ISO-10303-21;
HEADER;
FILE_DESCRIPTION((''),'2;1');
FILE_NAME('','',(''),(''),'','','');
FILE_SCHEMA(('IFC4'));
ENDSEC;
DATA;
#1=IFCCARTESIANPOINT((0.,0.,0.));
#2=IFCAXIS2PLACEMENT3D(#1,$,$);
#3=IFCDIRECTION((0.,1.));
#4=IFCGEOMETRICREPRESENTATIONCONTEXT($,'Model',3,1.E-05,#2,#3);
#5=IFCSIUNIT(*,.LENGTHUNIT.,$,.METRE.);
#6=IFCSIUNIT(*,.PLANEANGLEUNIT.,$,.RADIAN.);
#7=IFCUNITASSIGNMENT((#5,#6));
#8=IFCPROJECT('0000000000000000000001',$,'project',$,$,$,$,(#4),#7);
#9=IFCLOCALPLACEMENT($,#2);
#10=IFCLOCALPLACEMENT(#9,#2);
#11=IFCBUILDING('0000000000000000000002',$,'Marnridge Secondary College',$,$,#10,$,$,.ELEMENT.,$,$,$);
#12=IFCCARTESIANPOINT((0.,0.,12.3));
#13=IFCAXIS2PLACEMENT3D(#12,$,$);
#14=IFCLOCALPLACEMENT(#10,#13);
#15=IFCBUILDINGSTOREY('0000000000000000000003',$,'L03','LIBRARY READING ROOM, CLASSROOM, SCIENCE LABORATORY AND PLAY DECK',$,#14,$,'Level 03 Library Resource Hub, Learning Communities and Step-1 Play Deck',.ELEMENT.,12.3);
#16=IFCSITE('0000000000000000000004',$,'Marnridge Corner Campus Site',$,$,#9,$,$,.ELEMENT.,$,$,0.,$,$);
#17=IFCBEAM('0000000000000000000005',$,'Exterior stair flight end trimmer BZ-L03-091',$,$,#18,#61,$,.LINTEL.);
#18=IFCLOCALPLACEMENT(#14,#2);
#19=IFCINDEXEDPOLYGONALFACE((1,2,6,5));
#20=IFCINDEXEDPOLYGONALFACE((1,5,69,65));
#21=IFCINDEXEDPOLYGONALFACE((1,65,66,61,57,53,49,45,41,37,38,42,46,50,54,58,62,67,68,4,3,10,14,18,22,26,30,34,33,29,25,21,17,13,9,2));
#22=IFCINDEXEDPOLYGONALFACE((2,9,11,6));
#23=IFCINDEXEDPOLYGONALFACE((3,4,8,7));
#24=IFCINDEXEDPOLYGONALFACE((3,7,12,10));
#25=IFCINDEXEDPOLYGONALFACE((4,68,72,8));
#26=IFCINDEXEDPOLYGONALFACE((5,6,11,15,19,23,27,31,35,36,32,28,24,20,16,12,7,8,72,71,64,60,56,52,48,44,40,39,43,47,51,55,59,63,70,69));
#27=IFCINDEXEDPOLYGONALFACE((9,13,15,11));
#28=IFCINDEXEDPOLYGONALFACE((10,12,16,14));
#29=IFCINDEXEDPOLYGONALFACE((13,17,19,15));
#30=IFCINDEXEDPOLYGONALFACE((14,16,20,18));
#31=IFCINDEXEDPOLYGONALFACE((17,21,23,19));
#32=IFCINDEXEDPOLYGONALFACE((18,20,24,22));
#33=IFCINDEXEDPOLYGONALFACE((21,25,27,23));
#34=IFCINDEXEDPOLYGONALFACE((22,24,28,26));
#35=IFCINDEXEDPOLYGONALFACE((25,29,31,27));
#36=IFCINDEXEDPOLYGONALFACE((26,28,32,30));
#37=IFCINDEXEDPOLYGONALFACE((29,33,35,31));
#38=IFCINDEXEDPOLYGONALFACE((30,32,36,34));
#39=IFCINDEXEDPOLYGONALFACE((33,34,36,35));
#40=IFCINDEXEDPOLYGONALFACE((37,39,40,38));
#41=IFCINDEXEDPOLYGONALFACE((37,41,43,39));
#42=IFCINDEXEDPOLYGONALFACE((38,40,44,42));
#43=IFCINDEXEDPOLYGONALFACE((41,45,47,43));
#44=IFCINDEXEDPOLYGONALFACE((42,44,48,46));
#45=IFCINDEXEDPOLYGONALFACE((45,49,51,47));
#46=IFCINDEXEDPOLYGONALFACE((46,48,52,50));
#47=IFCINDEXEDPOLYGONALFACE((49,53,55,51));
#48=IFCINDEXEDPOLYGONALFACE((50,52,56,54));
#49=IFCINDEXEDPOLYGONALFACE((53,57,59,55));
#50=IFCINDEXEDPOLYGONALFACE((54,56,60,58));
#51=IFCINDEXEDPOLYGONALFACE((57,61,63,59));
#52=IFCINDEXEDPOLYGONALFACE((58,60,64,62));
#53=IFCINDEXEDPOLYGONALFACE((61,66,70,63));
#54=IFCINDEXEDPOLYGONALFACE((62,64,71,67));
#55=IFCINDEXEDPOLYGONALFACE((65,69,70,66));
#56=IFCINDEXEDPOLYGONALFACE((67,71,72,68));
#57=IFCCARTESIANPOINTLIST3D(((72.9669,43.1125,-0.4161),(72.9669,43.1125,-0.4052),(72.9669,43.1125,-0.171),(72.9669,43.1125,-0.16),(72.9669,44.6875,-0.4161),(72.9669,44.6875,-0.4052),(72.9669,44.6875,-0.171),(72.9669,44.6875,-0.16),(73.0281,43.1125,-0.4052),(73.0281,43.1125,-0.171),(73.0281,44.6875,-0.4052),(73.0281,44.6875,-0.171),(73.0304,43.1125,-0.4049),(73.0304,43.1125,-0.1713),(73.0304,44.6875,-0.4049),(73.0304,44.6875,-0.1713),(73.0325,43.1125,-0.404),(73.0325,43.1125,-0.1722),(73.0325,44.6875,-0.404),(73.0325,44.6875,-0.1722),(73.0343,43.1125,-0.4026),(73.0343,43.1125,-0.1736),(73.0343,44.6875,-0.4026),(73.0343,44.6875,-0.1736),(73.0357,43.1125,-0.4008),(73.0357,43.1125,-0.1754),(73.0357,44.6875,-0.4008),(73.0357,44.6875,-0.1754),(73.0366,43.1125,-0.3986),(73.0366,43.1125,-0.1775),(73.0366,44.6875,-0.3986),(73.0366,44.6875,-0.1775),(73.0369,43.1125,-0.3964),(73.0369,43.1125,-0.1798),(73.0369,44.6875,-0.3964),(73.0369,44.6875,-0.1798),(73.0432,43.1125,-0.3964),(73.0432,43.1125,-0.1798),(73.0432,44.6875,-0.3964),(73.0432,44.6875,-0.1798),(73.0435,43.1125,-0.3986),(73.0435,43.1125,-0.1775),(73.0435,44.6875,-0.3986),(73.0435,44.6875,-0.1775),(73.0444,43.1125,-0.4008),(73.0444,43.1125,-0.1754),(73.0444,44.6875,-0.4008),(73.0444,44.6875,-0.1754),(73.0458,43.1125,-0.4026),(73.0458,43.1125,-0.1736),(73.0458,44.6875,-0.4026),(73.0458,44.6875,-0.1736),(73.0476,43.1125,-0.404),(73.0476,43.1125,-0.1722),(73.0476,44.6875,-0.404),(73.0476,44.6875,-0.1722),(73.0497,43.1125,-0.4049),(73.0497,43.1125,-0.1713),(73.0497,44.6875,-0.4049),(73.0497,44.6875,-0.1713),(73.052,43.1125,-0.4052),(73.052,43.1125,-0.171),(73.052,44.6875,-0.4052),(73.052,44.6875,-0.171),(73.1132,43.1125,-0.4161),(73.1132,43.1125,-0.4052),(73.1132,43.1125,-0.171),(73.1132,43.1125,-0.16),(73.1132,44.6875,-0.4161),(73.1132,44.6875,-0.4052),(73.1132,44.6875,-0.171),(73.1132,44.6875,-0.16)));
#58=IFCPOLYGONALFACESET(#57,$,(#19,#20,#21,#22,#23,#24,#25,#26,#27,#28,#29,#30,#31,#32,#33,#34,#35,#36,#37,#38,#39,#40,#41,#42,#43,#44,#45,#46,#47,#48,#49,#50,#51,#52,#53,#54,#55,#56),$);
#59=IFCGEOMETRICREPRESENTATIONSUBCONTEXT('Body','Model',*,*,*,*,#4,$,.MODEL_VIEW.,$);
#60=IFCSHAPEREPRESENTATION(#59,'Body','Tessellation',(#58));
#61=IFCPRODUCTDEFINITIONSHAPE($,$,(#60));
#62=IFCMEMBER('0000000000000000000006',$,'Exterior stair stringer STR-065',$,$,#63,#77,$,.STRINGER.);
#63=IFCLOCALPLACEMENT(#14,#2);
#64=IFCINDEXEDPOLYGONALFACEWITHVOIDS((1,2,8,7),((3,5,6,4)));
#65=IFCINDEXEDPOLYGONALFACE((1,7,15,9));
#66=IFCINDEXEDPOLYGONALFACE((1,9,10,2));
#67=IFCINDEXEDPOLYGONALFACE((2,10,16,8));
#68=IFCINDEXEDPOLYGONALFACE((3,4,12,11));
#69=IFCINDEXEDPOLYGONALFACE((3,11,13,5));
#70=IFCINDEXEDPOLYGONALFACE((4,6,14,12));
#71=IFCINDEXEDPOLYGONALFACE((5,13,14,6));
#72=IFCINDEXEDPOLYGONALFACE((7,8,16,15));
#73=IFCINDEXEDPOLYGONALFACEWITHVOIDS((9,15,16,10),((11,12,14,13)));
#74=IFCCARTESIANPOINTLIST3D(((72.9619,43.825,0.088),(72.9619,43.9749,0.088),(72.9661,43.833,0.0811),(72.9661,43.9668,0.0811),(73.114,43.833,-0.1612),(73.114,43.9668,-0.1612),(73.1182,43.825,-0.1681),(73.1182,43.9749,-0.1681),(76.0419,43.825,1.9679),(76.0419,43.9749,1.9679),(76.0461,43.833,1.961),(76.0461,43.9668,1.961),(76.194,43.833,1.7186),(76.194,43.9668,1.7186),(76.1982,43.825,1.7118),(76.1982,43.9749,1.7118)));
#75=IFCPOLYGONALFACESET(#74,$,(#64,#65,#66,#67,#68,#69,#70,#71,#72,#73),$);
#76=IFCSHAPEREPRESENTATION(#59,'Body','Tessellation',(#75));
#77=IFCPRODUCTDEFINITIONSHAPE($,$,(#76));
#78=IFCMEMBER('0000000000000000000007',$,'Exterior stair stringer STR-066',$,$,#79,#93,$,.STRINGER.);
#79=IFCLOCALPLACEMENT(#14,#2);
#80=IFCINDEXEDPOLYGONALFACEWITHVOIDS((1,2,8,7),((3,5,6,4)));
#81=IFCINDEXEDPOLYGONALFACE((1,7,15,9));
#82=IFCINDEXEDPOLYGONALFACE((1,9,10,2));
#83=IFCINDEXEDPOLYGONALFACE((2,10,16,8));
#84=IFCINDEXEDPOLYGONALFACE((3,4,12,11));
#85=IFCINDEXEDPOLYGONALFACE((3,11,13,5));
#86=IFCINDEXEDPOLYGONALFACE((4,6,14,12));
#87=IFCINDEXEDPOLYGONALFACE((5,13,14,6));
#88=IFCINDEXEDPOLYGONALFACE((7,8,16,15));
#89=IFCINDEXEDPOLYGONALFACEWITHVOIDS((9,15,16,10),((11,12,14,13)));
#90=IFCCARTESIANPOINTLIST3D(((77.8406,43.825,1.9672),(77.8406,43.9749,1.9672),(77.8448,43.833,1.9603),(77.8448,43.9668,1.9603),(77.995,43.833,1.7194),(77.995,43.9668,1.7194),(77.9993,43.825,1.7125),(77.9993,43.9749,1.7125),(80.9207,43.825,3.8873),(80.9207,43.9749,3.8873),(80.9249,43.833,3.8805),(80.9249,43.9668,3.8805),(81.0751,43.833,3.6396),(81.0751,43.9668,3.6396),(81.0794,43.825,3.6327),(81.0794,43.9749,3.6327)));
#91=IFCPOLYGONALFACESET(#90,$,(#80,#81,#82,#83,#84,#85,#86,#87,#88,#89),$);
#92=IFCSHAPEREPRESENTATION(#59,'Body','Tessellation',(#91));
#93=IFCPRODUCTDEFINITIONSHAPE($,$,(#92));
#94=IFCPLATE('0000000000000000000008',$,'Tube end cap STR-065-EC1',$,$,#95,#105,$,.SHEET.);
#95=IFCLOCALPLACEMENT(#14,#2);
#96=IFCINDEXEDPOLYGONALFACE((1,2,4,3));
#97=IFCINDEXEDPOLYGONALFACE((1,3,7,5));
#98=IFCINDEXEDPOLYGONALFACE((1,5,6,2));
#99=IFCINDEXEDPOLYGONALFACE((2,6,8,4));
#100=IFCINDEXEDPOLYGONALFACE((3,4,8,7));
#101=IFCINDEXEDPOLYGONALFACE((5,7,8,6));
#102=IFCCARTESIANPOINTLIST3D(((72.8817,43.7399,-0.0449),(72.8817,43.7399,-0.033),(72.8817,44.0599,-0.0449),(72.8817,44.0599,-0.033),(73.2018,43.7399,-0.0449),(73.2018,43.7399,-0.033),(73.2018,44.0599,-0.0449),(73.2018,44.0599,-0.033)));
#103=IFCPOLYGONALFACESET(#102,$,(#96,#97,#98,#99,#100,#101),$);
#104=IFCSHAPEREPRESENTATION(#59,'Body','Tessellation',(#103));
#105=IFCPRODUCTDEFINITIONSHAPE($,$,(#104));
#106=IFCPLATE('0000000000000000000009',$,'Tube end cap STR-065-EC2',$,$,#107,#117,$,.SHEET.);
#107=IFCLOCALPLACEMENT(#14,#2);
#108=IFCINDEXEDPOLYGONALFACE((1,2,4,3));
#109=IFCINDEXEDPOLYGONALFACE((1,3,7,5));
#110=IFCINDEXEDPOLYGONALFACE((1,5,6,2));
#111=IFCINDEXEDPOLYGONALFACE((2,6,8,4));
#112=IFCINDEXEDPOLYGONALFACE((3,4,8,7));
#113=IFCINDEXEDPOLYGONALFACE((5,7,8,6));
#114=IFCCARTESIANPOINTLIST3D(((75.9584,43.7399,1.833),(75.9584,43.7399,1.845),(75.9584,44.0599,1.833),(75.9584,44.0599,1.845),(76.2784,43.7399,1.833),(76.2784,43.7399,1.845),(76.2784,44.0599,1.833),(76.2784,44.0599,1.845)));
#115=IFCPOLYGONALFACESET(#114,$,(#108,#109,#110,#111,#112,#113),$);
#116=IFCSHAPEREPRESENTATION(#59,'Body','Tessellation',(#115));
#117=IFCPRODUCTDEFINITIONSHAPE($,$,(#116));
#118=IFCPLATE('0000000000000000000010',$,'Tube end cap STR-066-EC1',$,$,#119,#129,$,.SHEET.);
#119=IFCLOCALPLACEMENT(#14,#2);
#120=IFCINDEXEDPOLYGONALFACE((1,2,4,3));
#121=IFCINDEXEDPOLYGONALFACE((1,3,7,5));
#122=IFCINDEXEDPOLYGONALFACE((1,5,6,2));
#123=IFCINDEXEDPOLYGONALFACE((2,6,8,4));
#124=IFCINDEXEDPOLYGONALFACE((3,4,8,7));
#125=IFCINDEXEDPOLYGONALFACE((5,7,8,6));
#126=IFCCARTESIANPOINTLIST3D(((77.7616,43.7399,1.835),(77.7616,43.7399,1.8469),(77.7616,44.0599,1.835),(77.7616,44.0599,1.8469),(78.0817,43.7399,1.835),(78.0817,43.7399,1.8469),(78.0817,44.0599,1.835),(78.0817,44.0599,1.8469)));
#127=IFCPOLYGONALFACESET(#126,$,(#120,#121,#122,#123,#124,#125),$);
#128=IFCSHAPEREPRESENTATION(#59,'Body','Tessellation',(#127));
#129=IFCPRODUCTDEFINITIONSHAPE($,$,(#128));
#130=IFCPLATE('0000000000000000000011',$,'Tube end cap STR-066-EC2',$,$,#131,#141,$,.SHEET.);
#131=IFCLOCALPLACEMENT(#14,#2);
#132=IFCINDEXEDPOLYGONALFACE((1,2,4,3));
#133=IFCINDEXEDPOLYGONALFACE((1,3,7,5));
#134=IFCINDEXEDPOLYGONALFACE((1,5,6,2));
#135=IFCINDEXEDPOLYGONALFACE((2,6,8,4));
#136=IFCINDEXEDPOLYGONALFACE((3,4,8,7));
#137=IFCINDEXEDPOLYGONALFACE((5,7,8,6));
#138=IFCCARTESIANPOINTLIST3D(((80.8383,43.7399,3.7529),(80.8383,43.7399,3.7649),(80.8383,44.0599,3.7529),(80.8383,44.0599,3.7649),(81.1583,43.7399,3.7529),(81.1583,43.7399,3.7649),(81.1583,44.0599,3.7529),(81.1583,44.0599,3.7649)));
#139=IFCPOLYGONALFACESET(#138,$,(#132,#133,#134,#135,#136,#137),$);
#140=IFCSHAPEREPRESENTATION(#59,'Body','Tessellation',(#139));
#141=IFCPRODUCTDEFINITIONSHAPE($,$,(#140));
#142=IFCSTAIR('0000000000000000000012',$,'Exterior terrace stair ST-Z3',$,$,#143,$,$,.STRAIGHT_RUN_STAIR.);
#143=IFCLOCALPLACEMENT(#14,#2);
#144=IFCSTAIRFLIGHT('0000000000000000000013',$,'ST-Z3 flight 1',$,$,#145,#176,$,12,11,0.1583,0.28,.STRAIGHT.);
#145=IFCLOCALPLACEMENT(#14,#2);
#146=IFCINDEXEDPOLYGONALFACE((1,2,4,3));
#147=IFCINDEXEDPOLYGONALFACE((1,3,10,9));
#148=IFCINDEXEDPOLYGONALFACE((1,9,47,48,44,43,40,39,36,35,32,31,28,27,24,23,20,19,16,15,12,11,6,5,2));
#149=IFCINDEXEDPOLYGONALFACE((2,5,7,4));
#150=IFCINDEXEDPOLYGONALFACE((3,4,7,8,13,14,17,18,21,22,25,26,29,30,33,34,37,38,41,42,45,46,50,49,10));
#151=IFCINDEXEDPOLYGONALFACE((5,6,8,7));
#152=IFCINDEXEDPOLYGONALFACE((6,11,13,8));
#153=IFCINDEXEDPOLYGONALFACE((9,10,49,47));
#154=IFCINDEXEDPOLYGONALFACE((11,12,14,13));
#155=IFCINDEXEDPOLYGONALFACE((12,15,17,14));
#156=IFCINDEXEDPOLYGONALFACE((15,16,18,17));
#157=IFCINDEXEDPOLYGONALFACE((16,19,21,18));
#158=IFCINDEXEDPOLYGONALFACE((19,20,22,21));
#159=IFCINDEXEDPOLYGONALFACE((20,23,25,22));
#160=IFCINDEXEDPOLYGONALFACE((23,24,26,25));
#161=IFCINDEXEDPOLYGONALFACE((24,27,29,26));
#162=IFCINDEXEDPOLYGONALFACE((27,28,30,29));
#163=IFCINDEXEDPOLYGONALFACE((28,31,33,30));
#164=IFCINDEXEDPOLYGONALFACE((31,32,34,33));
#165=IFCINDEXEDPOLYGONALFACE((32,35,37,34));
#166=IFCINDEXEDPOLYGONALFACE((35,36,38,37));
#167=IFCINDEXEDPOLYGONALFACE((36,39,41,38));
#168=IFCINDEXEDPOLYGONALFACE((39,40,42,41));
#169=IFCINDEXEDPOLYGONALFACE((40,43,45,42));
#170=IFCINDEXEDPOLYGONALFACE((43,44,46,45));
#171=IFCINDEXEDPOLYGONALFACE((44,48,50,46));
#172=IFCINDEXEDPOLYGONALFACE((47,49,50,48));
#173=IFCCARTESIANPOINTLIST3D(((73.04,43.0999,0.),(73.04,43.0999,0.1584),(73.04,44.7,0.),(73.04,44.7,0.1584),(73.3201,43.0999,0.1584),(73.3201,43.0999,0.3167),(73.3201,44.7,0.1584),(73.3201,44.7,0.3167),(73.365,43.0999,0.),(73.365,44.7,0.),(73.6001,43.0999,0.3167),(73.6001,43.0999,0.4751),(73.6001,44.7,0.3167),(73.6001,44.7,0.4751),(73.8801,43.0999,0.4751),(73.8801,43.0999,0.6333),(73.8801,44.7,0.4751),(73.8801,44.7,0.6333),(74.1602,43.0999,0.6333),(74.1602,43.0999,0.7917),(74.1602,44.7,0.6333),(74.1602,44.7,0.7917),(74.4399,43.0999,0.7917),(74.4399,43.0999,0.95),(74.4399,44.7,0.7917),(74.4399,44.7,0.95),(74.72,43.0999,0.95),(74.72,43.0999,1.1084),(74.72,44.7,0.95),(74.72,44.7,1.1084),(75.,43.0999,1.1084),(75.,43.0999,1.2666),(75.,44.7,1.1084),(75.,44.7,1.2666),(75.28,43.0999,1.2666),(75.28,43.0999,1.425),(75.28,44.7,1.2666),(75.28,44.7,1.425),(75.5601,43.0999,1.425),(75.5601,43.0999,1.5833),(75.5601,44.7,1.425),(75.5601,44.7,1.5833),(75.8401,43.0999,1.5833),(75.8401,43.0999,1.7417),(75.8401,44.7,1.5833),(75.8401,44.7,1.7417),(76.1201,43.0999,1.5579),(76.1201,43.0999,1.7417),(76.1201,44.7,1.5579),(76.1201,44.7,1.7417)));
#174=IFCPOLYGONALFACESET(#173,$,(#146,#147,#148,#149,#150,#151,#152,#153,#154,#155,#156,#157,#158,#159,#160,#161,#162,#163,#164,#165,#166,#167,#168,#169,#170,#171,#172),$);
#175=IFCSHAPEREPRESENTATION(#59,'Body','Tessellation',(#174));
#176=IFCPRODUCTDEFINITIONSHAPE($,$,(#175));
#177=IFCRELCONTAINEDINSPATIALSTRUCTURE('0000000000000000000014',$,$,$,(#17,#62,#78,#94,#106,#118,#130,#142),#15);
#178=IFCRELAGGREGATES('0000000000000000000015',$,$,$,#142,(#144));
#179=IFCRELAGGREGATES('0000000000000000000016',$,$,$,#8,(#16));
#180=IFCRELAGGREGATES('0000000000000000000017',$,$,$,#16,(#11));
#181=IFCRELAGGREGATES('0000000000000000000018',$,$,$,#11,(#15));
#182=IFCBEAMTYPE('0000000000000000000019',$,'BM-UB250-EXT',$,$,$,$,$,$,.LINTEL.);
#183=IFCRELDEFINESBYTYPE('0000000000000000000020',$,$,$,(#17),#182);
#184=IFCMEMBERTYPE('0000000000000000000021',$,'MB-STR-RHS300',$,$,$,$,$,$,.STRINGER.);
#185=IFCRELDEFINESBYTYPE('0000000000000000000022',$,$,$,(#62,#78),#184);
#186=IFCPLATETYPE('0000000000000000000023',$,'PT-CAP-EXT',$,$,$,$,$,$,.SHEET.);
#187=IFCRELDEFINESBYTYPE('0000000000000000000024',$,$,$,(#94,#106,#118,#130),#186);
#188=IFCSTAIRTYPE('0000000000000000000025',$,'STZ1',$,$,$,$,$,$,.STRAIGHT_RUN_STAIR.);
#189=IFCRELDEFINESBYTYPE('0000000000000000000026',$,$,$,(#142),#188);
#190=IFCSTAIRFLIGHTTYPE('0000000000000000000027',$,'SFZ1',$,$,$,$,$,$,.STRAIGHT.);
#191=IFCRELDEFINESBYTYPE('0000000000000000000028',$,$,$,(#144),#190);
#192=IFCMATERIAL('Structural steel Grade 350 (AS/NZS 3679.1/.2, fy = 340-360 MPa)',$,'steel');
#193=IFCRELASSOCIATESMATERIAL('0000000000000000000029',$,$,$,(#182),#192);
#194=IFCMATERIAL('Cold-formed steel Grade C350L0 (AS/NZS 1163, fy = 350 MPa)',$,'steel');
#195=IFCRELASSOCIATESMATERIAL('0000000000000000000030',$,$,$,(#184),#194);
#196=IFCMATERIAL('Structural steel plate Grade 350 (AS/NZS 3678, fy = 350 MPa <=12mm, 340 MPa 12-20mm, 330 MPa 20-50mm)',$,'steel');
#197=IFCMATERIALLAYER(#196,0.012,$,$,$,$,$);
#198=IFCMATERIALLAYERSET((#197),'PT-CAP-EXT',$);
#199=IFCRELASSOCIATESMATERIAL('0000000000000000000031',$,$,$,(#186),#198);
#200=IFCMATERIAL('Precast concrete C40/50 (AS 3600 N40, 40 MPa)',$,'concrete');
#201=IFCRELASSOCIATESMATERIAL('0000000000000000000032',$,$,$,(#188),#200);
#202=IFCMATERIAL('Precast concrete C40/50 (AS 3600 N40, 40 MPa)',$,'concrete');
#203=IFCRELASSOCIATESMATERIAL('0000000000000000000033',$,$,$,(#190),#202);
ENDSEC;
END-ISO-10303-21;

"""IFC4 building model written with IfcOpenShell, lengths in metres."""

from ifc_helpers import new_model, si_unit, direction, frame, origin, origin_2d, place, context, subcontext, project, spatial, polyline, rectangle, hollow_rectangle, i_section, outline, extrude, material, layer, layer_set, material_profile, profile_set, type_object, element, aggregate, save


model = new_model("IFC4")

# Units and contexts
model_context = context("Model", 3, precision=1e-05, world=origin(), true_north=direction((0.0, 1.0)))
body_context = subcontext(model_context, "Body", "Model", "MODEL_VIEW")
ifc_project = project(units=[si_unit("LENGTHUNIT", "METRE"), si_unit("PLANEANGLEUNIT", "RADIAN")], contexts=[model_context])

# Site, building, storey
site_placement = place(None, origin())
site = spatial("IfcSite", under=ifc_project, at=site_placement, Name="Marnridge Corner Campus Site", CompositionType="ELEMENT", RefElevation=0.0)
building_placement = place(site_placement, origin())
building = spatial("IfcBuilding", under=site, at=building_placement, Name="Marnridge Secondary College", CompositionType="ELEMENT")
storey_placement = place(building_placement, frame((0.0, 0.0, 12.3)))
storey = spatial("IfcBuildingStorey", under=building, at=storey_placement, Name="L03", Description="LIBRARY READING ROOM, CLASSROOM, SCIENCE LABORATORY AND PLAY DECK", LongName="Level 03 Library Resource Hub, Learning Communities and Step-1 Play Deck", CompositionType="ELEMENT", Elevation=12.3)

# Beam
ifc_material_1 = material(Name="Structural steel Grade 350 (AS/NZS 3679.1/.2, fy = 340-360 MPa)", Category="steel")
ifc_material_profile_1 = material_profile(ifc_material_1, i_section(OverallWidth=0.1462, OverallDepth=0.2561, WebThickness=0.0063, FlangeThickness=0.011, FilletRadius=0.0088, at=origin_2d()), Name="250UB37.3")
ifc_profile_set_1 = profile_set([ifc_material_profile_1], Name="Structural steel Grade 350 (AS/NZS 3679.1/.2, fy = 340-360 MPa)")
beam_type = type_object("IfcBeamType", Name="BM-UB250-EXT", PredefinedType="LINTEL", material=ifc_profile_set_1)
beam_1_placement = place(storey_placement, frame((73.04, 43.1125, -0.2881), z_axis=(0.0, 1.0, 0.0), x_axis=(-1.0, 0.0, 0.0)))
element("IfcBeam", 1, at=beam_1_placement, inside=storey, type_object=beam_type, Name="Exterior stair flight end trimmer BZ-L03-091", PredefinedType="LINTEL", context=body_context, shape_type="SweptSolid", body=[
    extrude(i_section(OverallWidth=0.1462, OverallDepth=0.2561, WebThickness=0.0063, FlangeThickness=0.011, FilletRadius=0.0088, at=origin_2d()), origin(), (0.0, 0.0, 1.0), 1.575),
])

# Members
ifc_material_2 = material(Name="Cold-formed steel Grade C350L0 (AS/NZS 1163, fy = 350 MPa)", Category="steel")
ifc_material_profile_2 = material_profile(ifc_material_2, hollow_rectangle(XDim=0.1499, YDim=0.3, WallThickness=0.0081, at=origin_2d()), Name="300x150x8.0RHS")
ifc_profile_set_2 = profile_set([ifc_material_profile_2], Name="Cold-formed steel Grade C350L0 (AS/NZS 1163, fy = 350 MPa)")
member_type = type_object("IfcMemberType", Name="MB-STR-RHS300", PredefinedType="STRINGER", material=ifc_profile_set_2)
member_1_placement = place(storey_placement, frame((73.04, 43.8999, -0.04), z_axis=(0.853576, 0.0, 0.520968), x_axis=(0.0, 1.0, 0.0)))
element("IfcMember", 2, at=member_1_placement, inside=storey, type_object=member_type, Name="Exterior stair stringer STR-065", PredefinedType="STRINGER", context=body_context, shape_type="SweptSolid", body=[
    extrude(hollow_rectangle(XDim=0.1499, YDim=0.3, WallThickness=0.0081, at=origin_2d()), origin(), (0.0, 0.0, 1.0), 3.6084),
])
member_2_placement = place(storey_placement, frame((77.9199, 43.8999, 1.8398), z_axis=(0.848602, 0.0, 0.529031), x_axis=(0.0, 1.0, 0.0)))
element("IfcMember", 3, at=member_2_placement, inside=storey, type_object=member_type, Name="Exterior stair stringer STR-066", PredefinedType="STRINGER", context=body_context, shape_type="SweptSolid", body=[
    extrude(hollow_rectangle(XDim=0.1499, YDim=0.3, WallThickness=0.0081, at=origin_2d()), origin(), (0.0, 0.0, 1.0), 3.6296),
])

# Plates
ifc_material_3 = material(Name="Structural steel plate Grade 350 (AS/NZS 3678, fy = 350 MPa <=12mm, 340 MPa 12-20mm, 330 MPa 20-50mm)", Category="steel")
ifc_layer_1 = layer(ifc_material_3, 0.012)
ifc_layer_set_1 = layer_set([ifc_layer_1], Name="PT-CAP-EXT")
plate_type = type_object("IfcPlateType", Name="PT-CAP-EXT", PredefinedType="SHEET", material=ifc_layer_set_1)
for number, where, z_axis, x_axis, name in (
    (4, (73.0417, 43.8999, -0.0449), (0.0, 0.0, 1.0), (1.0, 0.0, 0.0), "Tube end cap STR-065-EC1"),
    (5, (76.1184, 43.8999, 1.833), (0.0, 0.0, 1.0), (1.0, 0.0, 0.0), "Tube end cap STR-065-EC2"),
    (6, (77.9216, 43.8999, 1.835), (0.0, 0.0, 1.0), (1.0, 0.0, 0.0), "Tube end cap STR-066-EC1"),
    (7, (80.9983, 43.8999, 3.7529), (0.0, 0.0, 1.0), (1.0, 0.0, 0.0), "Tube end cap STR-066-EC2"),
):
    element("IfcPlate", number, at=place(storey_placement, frame(where, z_axis=z_axis, x_axis=x_axis)), inside=storey, type_object=plate_type, Name=name, PredefinedType="SHEET", context=body_context, shape_type="SweptSolid", body=[
        extrude(rectangle(XDim=0.3201, YDim=0.3201, at=origin_2d()), origin(), (0.0, 0.0, 1.0), 0.012),
    ])

# Stair, stair flight
ifc_material_4 = material(Name="Precast concrete C40/50 (AS 3600 N40, 40 MPa)", Category="concrete")
stair_type = type_object("IfcStairType", Name="STZ1", PredefinedType="STRAIGHT_RUN_STAIR", material=ifc_material_4)
stair_placement = place(storey_placement, origin())
stair = element("IfcStair", 8, at=stair_placement, inside=storey, type_object=stair_type, Name="Exterior terrace stair ST-Z3", PredefinedType="STRAIGHT_RUN_STAIR")
ifc_material_5 = material(Name="Precast concrete C40/50 (AS 3600 N40, 40 MPa)", Category="concrete")
stair_flight_type = type_object("IfcStairFlightType", Name="SFZ1", PredefinedType="STRAIGHT", material=ifc_material_5)
stair_flight_1_placement = place(storey_placement, frame((73.04, 43.8999, 0.0), z_axis=(0.0, 0.0, 1.0), x_axis=(1.0, 0.0, 0.0)))
stair_flight_1 = element("IfcStairFlight", 9, at=stair_flight_1_placement, type_object=stair_flight_type, Name="ST-Z3 flight 1", NumberOfRisers=12, NumberOfTreads=11, PredefinedType="STRAIGHT", RiserHeight=0.1583, TreadLength=0.28, context=body_context, shape_type="SweptSolid", body=[
    extrude(outline(polyline([(0.0, 0.0), (0.0, 0.1584), (0.28, 0.1584), (0.28, 0.3167), (0.5601, 0.3167), (0.5601, 0.4751), (0.8401, 0.4751), (0.8401, 0.6333), (1.1201, 0.6333), (1.1201, 0.7917), (1.3999, 0.7917), (1.3999, 0.95), (1.6799, 0.95), (1.6799, 1.1084), (1.96, 1.1084), (1.96, 1.2666), (2.24, 1.2666), (2.24, 1.425), (2.52, 1.425), (2.52, 1.5833), (2.8, 1.5833), (2.8, 1.7417), (3.0801, 1.7417), (3.0801, 1.8999), (3.0801, 1.5579), (0.325, 0.0), (0.0, 0.0)])), frame((0.0, 0.8, 0.0), z_axis=(0.0, -1.0, 0.0), x_axis=(1.0, 0.0, 0.0)), (0.0, 0.0, 1.0), 1.6001),
])
aggregate(stair, [stair_flight_1])

save(model, "model.ifc")
